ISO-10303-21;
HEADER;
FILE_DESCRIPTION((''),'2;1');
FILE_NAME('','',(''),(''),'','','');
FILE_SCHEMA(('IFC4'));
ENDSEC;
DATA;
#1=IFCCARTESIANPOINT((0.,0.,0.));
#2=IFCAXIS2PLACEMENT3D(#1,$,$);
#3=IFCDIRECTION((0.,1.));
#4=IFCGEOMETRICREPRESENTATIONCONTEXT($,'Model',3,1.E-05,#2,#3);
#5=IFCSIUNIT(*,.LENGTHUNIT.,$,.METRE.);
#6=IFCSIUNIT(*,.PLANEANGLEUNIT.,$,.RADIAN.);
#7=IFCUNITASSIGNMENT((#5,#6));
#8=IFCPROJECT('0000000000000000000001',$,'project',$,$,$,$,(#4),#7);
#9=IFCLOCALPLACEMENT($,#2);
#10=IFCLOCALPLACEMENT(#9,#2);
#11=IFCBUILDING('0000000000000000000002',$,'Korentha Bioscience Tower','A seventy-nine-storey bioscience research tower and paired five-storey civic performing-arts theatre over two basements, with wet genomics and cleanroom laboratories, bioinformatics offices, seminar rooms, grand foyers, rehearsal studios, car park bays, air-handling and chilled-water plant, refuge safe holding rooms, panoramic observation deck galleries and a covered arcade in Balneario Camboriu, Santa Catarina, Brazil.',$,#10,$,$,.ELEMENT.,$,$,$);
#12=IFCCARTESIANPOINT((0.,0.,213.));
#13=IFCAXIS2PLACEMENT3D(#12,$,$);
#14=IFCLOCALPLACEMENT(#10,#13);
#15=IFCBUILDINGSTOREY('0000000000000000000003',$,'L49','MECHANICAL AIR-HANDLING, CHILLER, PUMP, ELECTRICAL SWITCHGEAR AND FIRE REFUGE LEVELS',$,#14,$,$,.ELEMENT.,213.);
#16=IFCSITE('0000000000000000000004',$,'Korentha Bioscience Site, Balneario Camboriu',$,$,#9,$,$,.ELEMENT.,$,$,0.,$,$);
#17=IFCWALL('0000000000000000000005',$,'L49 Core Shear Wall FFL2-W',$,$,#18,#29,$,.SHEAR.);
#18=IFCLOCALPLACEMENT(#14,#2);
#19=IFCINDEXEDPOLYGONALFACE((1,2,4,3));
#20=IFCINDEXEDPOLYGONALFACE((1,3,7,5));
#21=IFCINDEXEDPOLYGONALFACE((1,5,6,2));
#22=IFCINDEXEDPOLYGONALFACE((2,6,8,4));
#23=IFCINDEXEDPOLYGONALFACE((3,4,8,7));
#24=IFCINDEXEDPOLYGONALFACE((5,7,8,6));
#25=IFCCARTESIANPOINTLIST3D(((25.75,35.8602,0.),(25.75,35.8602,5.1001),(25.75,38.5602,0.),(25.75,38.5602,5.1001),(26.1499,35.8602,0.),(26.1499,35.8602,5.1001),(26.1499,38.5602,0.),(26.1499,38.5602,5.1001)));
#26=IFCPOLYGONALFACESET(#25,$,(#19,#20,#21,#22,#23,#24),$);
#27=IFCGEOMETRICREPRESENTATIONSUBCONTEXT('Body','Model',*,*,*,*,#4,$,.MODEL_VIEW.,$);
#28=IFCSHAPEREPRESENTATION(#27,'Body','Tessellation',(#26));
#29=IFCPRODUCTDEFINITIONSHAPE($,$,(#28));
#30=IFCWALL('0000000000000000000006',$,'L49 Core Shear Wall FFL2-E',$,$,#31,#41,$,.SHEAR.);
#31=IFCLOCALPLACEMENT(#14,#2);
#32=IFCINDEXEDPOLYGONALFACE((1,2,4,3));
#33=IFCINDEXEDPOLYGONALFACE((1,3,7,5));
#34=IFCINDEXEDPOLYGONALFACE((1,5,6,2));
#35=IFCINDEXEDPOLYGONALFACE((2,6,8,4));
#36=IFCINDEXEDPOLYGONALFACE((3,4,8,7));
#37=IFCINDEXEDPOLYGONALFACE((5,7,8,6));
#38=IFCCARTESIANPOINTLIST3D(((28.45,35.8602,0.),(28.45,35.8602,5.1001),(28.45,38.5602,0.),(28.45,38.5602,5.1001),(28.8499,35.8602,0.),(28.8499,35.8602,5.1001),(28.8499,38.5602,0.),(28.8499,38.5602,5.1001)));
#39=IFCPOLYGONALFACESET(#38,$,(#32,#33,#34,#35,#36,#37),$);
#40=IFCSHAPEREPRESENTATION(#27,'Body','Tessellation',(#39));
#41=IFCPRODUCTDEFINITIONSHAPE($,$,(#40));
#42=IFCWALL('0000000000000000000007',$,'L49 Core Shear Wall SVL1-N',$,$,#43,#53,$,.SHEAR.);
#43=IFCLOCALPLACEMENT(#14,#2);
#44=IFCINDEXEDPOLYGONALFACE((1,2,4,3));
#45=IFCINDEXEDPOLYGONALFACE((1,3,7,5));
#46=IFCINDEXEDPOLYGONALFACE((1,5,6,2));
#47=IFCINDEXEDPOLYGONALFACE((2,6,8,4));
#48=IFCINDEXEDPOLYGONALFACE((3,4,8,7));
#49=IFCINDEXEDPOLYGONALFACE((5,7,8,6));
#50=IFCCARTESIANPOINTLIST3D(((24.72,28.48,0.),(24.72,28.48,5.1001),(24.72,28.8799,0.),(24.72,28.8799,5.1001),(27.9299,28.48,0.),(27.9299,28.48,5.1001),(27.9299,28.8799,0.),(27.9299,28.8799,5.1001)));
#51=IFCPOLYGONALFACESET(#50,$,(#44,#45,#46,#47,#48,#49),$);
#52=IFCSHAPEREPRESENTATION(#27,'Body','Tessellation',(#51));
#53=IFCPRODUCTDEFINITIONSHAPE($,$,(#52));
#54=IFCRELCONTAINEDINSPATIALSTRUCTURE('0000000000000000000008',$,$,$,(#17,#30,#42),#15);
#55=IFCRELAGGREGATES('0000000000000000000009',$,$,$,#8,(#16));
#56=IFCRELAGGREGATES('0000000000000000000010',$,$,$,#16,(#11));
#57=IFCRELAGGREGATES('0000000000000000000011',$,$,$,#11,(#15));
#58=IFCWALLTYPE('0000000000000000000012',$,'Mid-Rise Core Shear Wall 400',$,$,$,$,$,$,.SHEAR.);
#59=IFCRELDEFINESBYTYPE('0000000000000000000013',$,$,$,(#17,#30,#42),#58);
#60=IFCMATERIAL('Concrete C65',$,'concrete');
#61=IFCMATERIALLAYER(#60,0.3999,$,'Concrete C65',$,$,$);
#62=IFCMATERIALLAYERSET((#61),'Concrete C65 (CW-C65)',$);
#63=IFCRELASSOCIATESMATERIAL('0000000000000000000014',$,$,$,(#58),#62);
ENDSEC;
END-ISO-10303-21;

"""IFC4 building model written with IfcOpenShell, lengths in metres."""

from ifc_helpers import new_model, si_unit, direction, frame, frame_2d, origin, place, context, subcontext, project, spatial, rectangle, extrude, material, layer, layer_set, type_object, element, save


model = new_model("IFC4")

# Units and contexts
model_context = context("Model", 3, precision=1e-05, world=origin(), true_north=direction((0.0, 1.0)))
body_context = subcontext(model_context, "Body", "Model", "MODEL_VIEW")
ifc_project = project(units=[si_unit("LENGTHUNIT", "METRE"), si_unit("PLANEANGLEUNIT", "RADIAN")], contexts=[model_context])

# Site, building, storey
site_placement = place(None, origin())
site = spatial("IfcSite", under=ifc_project, at=site_placement, Name="Korentha Bioscience Site, Balneario Camboriu", CompositionType="ELEMENT", RefElevation=0.0)
building_placement = place(site_placement, origin())
building = spatial("IfcBuilding", under=site, at=building_placement, Name="Korentha Bioscience Tower", Description="A seventy-nine-storey bioscience research tower and paired five-storey civic performing-arts theatre over two basements, with wet genomics and cleanroom laboratories, bioinformatics offices, seminar rooms, grand foyers, rehearsal studios, car park bays, air-handling and chilled-water plant, refuge safe holding rooms, panoramic observation deck galleries and a covered arcade in Balneario Camboriu, Santa Catarina, Brazil.", CompositionType="ELEMENT")
storey_placement = place(building_placement, frame((0.0, 0.0, 213.0)))
storey = spatial("IfcBuildingStorey", under=building, at=storey_placement, Name="L49", Description="MECHANICAL AIR-HANDLING, CHILLER, PUMP, ELECTRICAL SWITCHGEAR AND FIRE REFUGE LEVELS", CompositionType="ELEMENT", Elevation=213.0)

# Shared definitions
ifc_material_1 = material(Name="Concrete C65", Category="concrete")

# Shared definitions
ifc_layer_1 = layer(ifc_material_1, 0.3999, Name="Concrete C65")
ifc_layer_set_1 = layer_set([ifc_layer_1], Name="Concrete C65 (CW-C65)")
wall_type_1 = type_object("IfcWallType", Name="Mid-Rise Core Shear Wall 400", PredefinedType="SHEAR", material=ifc_layer_set_1)

# Walls
for number, where, z_axis, x_axis, name in (
    (1, (25.95, 35.8601, 0.0), (0.0, 0.0, 1.0), (0.0, 1.0, 0.0), "L49 Core Shear Wall FFL2-W"),
    (2, (28.6499, 35.8601, 0.0), (0.0, 0.0, 1.0), (0.0, 1.0, 0.0), "L49 Core Shear Wall FFL2-E"),
):
    element("IfcWall", number, at=place(storey_placement, frame(where, z_axis=z_axis, x_axis=x_axis)), inside=storey, type_object=wall_type_1, Name=name, PredefinedType="SHEAR", context=body_context, shape_type="SweptSolid", body=[
        extrude(rectangle(XDim=2.7, YDim=0.3999, at=frame_2d((1.3501, 0.0))), origin(), (0.0, 0.0, 1.0), 5.1001),
    ])
wall_1_placement = place(storey_placement, frame((24.72, 28.6799, 0.0), z_axis=(0.0, 0.0, 1.0), x_axis=(1.0, 0.0, 0.0)))
element("IfcWall", 3, at=wall_1_placement, inside=storey, type_object=wall_type_1, Name="L49 Core Shear Wall SVL1-N", PredefinedType="SHEAR", context=body_context, shape_type="SweptSolid", body=[
    extrude(rectangle(XDim=3.21, YDim=0.3999, at=frame_2d((1.605, 0.0))), origin(), (0.0, 0.0, 1.0), 5.1001),
])

save(model, "model.ifc")
